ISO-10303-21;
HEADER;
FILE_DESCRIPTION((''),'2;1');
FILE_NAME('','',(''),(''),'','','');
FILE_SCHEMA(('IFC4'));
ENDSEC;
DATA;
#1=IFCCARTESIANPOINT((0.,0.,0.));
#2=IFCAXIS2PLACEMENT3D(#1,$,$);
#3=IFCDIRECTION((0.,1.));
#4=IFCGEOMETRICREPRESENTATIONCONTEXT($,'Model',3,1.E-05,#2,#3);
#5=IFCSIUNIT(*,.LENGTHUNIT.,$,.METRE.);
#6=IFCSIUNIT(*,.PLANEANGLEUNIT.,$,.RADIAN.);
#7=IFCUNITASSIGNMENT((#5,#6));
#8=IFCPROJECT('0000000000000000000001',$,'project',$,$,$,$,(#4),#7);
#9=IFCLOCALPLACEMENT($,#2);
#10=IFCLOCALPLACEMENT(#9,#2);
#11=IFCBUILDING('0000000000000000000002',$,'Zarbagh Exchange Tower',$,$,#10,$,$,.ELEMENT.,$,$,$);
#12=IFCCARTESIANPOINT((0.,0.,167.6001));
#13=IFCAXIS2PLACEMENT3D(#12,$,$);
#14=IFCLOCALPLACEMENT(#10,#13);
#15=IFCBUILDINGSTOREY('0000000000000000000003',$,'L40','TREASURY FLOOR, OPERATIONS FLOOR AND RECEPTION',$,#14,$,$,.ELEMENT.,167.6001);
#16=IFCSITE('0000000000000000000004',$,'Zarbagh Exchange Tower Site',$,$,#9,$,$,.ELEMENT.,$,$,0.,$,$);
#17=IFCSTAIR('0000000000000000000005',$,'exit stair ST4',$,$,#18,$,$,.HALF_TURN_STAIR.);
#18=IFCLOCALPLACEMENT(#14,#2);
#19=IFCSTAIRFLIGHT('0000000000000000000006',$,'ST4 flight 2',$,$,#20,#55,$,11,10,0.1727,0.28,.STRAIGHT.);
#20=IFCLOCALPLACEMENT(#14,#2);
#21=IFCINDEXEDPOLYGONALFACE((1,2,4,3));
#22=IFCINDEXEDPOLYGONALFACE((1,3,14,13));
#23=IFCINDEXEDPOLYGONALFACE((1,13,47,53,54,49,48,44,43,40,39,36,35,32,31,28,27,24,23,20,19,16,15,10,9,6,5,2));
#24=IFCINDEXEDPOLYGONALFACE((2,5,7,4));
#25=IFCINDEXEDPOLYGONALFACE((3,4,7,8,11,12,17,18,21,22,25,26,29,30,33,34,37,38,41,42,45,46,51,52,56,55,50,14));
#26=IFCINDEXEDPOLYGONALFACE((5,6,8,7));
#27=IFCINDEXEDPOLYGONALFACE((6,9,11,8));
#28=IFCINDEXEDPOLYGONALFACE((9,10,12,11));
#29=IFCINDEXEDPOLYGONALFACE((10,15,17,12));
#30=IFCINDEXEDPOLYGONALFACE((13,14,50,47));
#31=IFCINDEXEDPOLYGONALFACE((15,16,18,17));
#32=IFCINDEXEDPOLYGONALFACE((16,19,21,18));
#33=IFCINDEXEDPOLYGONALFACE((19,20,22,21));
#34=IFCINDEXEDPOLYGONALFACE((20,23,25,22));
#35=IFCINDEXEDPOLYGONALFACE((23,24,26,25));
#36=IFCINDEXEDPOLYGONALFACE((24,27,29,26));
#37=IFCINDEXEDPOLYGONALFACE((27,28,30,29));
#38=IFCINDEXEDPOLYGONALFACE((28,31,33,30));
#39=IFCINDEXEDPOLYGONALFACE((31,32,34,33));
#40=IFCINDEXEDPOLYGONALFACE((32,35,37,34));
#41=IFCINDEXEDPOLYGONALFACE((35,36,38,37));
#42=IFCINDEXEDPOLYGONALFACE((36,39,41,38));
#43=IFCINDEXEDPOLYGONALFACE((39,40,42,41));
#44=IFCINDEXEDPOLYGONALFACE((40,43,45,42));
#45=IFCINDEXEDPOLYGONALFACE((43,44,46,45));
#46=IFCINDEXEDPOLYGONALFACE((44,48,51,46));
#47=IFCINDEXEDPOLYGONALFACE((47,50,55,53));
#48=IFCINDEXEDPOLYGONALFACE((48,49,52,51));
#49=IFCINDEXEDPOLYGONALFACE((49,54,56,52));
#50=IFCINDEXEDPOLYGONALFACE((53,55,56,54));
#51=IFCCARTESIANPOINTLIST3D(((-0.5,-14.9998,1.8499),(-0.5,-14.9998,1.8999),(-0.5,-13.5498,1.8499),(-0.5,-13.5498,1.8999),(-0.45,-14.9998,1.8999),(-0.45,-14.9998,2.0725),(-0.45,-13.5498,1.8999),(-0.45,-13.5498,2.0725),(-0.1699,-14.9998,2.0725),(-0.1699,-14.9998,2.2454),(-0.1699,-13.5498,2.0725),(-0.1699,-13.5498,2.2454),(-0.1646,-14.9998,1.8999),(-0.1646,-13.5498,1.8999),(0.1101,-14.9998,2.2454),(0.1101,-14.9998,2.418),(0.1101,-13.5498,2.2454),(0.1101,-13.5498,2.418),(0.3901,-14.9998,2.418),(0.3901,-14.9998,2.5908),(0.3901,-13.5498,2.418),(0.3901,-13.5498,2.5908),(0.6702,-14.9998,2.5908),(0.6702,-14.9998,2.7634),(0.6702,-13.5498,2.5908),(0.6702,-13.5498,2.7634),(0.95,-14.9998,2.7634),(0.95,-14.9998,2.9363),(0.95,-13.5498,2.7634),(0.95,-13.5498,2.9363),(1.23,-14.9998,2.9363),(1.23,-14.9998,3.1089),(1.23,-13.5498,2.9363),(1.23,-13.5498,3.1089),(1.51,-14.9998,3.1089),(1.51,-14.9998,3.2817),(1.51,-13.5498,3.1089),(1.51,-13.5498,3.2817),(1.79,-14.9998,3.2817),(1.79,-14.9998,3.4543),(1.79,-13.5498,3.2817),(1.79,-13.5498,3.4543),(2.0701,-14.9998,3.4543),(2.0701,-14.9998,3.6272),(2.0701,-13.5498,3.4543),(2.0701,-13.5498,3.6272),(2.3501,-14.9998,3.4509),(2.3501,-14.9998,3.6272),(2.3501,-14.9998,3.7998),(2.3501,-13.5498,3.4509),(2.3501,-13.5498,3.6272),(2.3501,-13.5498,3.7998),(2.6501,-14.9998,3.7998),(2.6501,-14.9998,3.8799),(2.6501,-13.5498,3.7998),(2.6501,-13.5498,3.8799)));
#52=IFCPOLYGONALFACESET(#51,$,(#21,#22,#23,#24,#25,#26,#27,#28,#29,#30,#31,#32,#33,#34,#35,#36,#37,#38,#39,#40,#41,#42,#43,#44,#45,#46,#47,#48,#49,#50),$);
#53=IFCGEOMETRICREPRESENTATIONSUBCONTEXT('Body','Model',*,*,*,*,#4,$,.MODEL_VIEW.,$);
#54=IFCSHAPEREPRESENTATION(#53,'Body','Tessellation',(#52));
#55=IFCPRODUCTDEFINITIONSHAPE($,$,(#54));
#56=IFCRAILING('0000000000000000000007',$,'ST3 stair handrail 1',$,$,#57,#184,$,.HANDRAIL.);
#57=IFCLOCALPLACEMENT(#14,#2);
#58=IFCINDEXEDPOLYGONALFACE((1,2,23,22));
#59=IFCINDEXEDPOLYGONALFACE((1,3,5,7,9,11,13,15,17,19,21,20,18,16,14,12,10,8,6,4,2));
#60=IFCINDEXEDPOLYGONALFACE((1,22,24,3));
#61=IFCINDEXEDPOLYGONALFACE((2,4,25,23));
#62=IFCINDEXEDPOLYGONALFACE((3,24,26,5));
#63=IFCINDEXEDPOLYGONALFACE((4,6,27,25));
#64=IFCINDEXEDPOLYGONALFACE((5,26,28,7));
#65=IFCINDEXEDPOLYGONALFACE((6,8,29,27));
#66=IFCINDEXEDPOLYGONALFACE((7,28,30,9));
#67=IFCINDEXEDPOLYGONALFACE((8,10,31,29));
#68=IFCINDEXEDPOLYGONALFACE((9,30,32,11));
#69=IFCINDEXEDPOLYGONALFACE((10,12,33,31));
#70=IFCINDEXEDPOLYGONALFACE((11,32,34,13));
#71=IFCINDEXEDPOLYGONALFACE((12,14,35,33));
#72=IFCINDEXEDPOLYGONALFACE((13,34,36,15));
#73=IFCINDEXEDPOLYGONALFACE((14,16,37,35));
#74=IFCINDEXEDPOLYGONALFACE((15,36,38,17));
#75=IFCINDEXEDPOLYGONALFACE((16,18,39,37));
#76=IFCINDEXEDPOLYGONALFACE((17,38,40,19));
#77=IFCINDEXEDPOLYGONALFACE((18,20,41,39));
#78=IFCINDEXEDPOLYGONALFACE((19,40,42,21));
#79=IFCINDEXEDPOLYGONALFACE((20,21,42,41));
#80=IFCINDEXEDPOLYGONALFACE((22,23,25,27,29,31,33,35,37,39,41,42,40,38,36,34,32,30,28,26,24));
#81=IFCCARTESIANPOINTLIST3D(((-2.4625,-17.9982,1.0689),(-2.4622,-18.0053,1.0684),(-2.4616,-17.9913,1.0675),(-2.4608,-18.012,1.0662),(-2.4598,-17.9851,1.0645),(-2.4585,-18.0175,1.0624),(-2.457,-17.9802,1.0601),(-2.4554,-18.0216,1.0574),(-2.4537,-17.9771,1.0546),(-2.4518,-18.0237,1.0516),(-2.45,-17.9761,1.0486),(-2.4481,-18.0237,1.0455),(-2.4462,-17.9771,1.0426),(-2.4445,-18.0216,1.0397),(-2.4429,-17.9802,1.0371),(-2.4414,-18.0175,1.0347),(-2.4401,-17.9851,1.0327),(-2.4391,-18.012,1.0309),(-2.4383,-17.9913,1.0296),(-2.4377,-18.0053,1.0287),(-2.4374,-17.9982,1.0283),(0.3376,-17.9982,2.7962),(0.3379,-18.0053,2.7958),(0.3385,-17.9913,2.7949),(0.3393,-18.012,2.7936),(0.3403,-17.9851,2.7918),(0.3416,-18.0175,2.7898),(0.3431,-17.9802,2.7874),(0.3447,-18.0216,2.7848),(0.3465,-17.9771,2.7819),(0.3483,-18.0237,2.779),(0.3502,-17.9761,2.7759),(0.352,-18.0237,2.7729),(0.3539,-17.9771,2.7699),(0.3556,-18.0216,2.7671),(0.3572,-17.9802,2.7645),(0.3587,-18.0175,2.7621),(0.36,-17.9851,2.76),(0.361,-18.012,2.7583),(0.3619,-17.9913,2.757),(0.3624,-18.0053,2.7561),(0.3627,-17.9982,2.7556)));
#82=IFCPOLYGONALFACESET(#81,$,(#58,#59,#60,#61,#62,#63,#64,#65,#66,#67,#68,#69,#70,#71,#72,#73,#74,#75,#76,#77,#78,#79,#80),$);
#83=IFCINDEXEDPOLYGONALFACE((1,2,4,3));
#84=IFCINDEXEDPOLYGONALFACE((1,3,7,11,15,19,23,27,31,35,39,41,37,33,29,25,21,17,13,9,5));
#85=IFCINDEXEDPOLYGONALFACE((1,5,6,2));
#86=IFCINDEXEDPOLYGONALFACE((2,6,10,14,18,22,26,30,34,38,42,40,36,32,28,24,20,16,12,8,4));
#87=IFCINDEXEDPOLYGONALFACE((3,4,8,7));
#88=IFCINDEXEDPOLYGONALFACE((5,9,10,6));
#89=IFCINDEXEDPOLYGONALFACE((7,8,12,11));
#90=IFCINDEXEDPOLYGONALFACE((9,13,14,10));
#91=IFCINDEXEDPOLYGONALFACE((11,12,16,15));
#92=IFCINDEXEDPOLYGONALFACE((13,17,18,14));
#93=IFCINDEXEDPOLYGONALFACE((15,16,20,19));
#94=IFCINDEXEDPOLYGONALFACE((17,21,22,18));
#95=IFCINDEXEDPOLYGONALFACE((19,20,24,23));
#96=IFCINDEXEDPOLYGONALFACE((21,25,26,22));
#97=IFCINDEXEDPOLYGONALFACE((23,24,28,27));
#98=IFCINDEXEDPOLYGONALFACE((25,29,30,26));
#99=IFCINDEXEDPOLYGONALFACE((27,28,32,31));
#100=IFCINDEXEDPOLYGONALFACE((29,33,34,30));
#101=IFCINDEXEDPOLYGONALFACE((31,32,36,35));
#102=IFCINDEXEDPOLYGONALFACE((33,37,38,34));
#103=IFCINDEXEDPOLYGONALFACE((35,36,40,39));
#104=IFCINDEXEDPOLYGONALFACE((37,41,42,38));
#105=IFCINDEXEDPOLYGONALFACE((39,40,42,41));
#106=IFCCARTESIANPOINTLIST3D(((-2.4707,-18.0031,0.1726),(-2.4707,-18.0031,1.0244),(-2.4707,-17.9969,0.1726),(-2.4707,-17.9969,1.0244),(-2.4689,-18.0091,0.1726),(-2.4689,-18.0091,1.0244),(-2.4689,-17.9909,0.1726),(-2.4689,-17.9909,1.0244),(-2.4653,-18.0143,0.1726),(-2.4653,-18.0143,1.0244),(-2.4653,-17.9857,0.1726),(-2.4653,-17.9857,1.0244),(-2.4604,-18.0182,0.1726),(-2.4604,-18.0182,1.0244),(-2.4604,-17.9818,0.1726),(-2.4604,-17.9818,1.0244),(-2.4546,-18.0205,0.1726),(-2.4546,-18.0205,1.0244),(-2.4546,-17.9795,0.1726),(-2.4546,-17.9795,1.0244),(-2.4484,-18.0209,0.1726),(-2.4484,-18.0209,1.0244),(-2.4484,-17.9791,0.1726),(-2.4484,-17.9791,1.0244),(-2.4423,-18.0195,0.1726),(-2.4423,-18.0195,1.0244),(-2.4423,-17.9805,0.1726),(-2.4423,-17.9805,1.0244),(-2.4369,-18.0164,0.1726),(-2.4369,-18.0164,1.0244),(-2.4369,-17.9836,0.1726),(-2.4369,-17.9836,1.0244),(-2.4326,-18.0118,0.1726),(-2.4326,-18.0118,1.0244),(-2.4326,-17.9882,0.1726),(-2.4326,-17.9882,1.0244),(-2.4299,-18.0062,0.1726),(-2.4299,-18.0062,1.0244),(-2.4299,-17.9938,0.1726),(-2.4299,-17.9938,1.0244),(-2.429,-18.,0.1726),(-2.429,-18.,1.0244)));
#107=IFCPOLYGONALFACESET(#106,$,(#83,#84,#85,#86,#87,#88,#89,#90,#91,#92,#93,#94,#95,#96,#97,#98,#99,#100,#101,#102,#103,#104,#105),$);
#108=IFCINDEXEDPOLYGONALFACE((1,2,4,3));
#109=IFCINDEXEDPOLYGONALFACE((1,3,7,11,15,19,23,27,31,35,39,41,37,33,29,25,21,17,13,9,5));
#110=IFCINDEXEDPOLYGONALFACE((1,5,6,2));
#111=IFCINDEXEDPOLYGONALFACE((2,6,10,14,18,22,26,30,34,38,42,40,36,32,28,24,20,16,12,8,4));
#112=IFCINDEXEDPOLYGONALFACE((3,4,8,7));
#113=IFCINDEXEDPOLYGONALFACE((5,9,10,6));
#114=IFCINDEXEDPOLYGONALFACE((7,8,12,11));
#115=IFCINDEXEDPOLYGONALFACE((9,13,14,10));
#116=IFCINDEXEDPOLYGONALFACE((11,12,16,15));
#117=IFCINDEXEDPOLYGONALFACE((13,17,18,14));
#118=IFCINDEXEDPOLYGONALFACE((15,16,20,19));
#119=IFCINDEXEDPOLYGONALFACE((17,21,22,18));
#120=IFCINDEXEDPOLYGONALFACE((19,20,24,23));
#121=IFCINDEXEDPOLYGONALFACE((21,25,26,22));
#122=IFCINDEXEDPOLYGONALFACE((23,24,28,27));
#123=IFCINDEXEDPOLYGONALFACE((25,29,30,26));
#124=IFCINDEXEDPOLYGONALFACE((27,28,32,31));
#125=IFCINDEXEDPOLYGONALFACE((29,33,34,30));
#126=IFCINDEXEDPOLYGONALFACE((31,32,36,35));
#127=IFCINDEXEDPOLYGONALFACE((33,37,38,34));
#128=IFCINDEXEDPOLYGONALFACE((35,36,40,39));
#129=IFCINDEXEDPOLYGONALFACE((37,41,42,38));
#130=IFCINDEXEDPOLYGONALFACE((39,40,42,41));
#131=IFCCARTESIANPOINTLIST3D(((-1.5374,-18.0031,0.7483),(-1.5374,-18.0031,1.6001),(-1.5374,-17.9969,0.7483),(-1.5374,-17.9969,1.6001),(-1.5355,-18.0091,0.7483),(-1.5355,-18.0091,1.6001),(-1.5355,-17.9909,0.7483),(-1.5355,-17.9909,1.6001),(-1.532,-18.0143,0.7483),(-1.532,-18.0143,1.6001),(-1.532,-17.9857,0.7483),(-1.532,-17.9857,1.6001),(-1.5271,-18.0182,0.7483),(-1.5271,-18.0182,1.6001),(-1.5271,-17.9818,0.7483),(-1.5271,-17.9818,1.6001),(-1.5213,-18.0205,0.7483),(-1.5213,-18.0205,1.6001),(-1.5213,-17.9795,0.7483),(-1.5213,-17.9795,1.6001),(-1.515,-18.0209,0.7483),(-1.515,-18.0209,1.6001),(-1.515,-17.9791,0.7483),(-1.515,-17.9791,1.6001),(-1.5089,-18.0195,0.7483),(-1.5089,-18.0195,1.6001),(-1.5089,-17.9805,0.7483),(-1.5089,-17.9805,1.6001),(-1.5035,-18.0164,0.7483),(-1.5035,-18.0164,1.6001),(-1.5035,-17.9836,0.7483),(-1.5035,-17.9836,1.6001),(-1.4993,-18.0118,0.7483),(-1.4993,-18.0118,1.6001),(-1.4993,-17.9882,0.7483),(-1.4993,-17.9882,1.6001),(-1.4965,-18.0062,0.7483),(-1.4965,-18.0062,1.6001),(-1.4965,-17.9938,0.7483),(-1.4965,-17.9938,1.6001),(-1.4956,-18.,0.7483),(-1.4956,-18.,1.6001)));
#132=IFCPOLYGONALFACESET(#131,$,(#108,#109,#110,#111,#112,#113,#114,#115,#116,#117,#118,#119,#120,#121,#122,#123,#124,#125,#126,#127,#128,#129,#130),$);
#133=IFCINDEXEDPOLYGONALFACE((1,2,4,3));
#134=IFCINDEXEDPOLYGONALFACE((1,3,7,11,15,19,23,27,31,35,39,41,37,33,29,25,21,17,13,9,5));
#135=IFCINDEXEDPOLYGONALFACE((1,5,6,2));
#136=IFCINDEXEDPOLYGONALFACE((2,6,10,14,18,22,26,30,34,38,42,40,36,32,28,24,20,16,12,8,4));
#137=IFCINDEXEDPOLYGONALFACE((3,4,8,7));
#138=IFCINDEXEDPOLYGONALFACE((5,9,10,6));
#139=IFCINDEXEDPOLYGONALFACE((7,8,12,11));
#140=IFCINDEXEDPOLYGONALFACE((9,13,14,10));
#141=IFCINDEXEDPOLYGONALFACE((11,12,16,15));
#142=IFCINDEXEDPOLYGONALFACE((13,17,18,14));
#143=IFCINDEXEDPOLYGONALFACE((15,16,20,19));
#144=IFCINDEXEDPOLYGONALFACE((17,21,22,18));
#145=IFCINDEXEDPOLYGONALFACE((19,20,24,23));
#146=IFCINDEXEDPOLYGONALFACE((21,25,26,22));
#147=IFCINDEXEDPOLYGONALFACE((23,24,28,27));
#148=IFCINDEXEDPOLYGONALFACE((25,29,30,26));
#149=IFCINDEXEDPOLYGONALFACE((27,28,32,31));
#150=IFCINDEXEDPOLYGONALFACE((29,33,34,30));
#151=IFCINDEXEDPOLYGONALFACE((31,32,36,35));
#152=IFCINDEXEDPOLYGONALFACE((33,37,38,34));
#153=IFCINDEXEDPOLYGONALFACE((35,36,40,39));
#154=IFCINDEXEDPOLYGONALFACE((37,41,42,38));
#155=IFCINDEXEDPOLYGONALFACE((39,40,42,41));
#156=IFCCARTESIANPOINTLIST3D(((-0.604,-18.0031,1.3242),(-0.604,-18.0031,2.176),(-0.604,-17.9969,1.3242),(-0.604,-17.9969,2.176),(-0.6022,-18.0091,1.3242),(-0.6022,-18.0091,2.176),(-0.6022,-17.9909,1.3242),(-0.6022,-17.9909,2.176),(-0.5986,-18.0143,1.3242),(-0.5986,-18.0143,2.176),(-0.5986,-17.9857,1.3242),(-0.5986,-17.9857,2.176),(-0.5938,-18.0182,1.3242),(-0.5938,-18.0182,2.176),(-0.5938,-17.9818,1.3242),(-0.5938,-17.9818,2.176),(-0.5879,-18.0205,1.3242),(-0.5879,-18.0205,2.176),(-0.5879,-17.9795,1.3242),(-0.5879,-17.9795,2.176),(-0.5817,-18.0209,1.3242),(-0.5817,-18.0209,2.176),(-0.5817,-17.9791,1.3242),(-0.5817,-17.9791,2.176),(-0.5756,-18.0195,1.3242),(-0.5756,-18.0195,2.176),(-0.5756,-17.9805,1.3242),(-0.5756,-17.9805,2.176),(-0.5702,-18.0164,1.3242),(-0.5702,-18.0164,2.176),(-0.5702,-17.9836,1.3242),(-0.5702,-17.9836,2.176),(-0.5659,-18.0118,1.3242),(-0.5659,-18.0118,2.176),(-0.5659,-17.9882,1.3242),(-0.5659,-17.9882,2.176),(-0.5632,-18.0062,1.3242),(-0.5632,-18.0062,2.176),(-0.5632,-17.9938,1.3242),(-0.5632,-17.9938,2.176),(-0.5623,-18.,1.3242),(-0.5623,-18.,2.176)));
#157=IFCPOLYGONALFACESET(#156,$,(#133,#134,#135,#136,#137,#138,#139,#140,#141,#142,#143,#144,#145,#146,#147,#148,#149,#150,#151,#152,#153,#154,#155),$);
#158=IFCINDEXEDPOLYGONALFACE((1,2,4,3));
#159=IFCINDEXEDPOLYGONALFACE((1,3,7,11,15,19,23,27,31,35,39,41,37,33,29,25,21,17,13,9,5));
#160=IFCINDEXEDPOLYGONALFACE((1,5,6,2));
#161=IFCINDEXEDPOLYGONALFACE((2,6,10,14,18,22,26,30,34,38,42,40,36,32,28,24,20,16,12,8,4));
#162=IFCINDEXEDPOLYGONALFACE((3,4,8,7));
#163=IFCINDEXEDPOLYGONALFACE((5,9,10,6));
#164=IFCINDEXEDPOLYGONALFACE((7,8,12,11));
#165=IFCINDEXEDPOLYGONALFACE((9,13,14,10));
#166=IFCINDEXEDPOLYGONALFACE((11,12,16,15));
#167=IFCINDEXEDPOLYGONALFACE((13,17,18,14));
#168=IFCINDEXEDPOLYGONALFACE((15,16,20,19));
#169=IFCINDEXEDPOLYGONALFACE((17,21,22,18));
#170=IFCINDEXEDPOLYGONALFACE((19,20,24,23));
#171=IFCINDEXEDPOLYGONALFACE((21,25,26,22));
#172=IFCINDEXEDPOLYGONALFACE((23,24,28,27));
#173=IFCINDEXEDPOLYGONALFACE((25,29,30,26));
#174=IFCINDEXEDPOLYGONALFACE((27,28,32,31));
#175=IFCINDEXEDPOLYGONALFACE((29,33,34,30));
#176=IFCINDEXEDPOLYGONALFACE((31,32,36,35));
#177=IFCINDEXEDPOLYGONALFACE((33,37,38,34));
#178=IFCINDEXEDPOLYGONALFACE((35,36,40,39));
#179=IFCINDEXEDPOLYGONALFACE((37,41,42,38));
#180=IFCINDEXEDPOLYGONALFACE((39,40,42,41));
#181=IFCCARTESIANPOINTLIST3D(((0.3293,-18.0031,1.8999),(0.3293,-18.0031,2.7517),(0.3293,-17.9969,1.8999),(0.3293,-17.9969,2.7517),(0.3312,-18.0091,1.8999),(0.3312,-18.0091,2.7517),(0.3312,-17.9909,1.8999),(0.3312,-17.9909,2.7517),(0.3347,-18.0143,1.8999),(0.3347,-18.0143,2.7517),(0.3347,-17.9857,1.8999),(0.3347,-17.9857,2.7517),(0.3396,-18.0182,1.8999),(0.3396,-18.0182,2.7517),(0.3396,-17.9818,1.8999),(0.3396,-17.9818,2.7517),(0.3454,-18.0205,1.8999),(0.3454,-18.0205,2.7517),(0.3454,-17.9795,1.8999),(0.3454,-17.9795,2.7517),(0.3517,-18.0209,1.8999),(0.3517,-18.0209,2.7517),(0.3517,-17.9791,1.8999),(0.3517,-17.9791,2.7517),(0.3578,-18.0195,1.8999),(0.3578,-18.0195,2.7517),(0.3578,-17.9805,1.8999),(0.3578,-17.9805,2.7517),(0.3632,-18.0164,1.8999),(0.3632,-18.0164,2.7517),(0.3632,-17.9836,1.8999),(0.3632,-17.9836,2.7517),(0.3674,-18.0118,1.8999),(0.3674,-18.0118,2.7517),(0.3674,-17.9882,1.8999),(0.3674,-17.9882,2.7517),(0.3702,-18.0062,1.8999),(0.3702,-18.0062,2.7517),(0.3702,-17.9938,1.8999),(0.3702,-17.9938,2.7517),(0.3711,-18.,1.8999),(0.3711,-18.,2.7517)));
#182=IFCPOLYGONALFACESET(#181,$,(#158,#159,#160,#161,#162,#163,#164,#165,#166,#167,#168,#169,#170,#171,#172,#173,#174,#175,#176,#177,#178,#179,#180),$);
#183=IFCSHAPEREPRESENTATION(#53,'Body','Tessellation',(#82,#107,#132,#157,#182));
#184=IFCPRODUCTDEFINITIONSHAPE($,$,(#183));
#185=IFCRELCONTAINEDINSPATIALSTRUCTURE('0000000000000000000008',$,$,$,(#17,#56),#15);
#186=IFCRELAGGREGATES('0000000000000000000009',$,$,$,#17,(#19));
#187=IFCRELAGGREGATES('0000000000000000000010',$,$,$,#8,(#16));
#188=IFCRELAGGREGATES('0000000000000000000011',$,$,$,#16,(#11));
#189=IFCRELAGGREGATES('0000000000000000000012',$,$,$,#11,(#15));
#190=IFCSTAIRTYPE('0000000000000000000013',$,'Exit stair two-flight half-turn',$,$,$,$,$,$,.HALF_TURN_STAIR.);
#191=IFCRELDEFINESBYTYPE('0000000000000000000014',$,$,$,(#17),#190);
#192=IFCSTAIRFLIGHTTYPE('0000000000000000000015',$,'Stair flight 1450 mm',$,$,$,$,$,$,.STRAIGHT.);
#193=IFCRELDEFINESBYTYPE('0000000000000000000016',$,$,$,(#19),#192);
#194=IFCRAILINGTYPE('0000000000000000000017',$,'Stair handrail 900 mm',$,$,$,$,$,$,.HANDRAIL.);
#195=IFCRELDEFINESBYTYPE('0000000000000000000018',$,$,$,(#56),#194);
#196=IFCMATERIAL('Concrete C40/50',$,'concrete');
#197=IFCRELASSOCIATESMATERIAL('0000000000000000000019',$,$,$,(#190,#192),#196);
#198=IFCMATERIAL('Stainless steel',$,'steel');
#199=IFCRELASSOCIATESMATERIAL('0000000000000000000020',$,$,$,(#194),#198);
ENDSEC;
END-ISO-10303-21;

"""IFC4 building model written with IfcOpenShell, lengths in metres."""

from ifc_helpers import new_model, si_unit, direction, frame, origin, origin_2d, place, context, subcontext, project, spatial, polyline, circle, outline, extrude, material, type_object, element, aggregate, save


model = new_model("IFC4")

# Units and contexts
model_context = context("Model", 3, precision=1e-05, world=origin(), true_north=direction((0.0, 1.0)))
body_context = subcontext(model_context, "Body", "Model", "MODEL_VIEW")
ifc_project = project(units=[si_unit("LENGTHUNIT", "METRE"), si_unit("PLANEANGLEUNIT", "RADIAN")], contexts=[model_context])

# Site, building, storey
site_placement = place(None, origin())
site = spatial("IfcSite", under=ifc_project, at=site_placement, Name="Zarbagh Exchange Tower Site", CompositionType="ELEMENT", RefElevation=0.0)
building_placement = place(site_placement, origin())
building = spatial("IfcBuilding", under=site, at=building_placement, Name="Zarbagh Exchange Tower", CompositionType="ELEMENT")
storey_placement = place(building_placement, frame((0.0, 0.0, 167.6001)))
storey = spatial("IfcBuildingStorey", under=building, at=storey_placement, Name="L40", Description="TREASURY FLOOR, OPERATIONS FLOOR AND RECEPTION", CompositionType="ELEMENT", Elevation=167.6001)

# Shared definitions
ifc_material_1 = material(Name="Concrete C40/50", Category="concrete")

# Shared definitions
ifc_material_2 = material(Name="Stainless steel", Category="steel")

# Stair, stair flight
stair_type = type_object("IfcStairType", Name="Exit stair two-flight half-turn", PredefinedType="HALF_TURN_STAIR", material=ifc_material_1)
stair_1_placement = place(storey_placement, origin())
stair_1 = element("IfcStair", 1, at=stair_1_placement, inside=storey, type_object=stair_type, Name="exit stair ST4", PredefinedType="HALF_TURN_STAIR")
stair_flight_type_1 = type_object("IfcStairFlightType", Name="Stair flight 1450 mm", PredefinedType="STRAIGHT", material=ifc_material_1)
stair_flight_1_placement = place(storey_placement, frame((-0.45, -14.2749, 1.8999), z_axis=(0.0, 0.0, 1.0), x_axis=(1.0, 0.0, 0.0)))
stair_flight_1 = element("IfcStairFlight", 2, at=stair_flight_1_placement, type_object=stair_flight_type_1, Name="ST4 flight 2", NumberOfRisers=11, NumberOfTreads=10, PredefinedType="STRAIGHT", RiserHeight=0.1727, TreadLength=0.28, context=body_context, shape_type="SweptSolid", body=[
    extrude(outline(polyline([(-0.05, -0.05), (-0.05, 0.0), (0.0, 0.0), (0.0, 0.1726), (0.28, 0.1726), (0.28, 0.3455), (0.5601, 0.3455), (0.5601, 0.5181), (0.8401, 0.5181), (0.8401, 0.6909), (1.1201, 0.6909), (1.1201, 0.8635), (1.3999, 0.8635), (1.3999, 1.0364), (1.6799, 1.0364), (1.6799, 1.209), (1.96, 1.209), (1.96, 1.3818), (2.24, 1.3818), (2.24, 1.5544), (2.52, 1.5544), (2.52, 1.7273), (2.8, 1.7273), (2.8, 1.8999), (3.1001, 1.98), (3.1001, 1.8999), (2.8, 1.551), (0.2854, 0.0), (-0.05, -0.05)])), frame((0.0, 0.7251, 0.0), z_axis=(0.0, -1.0, 0.0), x_axis=(1.0, 0.0, 0.0)), (0.0, 0.0, 1.0), 1.45),
])
aggregate(stair_1, [stair_flight_1])

# Railing
railing_type_1 = type_object("IfcRailingType", Name="Stair handrail 900 mm", PredefinedType="HANDRAIL", material=ifc_material_2)
for number, where, name in (
    (3, (-2.45, -18.0, 0.1726), "ST3 stair handrail 1"),
):
    element("IfcRailing", number, at=place(storey_placement, frame(where)), inside=storey, type_object=railing_type_1, Name=name, PredefinedType="HANDRAIL", context=body_context, shape_type="SweptSolid", body=[
        extrude(circle(Radius=0.0239, at=origin_2d()), frame((0.0, 0.0, 0.876), z_axis=(0.85109, 0.0, 0.52502), x_axis=(0.0, 1.0, 0.0)), (0.0, 0.0, 1.0), 3.29),
        extrude(circle(Radius=0.021, at=origin_2d()), origin(), (0.0, 0.0, 1.0), 0.8518),
        extrude(circle(Radius=0.021, at=origin_2d()), frame((0.9333, 0.0, 0.5757)), (0.0, 0.0, 1.0), 0.8518),
        extrude(circle(Radius=0.021, at=origin_2d()), frame((1.8667, 0.0, 1.1516)), (0.0, 0.0, 1.0), 0.8518),
        extrude(circle(Radius=0.021, at=origin_2d()), frame((2.8, 0.0, 1.7273)), (0.0, 0.0, 1.0), 0.8518),
    ])

save(model, "model.ifc")
